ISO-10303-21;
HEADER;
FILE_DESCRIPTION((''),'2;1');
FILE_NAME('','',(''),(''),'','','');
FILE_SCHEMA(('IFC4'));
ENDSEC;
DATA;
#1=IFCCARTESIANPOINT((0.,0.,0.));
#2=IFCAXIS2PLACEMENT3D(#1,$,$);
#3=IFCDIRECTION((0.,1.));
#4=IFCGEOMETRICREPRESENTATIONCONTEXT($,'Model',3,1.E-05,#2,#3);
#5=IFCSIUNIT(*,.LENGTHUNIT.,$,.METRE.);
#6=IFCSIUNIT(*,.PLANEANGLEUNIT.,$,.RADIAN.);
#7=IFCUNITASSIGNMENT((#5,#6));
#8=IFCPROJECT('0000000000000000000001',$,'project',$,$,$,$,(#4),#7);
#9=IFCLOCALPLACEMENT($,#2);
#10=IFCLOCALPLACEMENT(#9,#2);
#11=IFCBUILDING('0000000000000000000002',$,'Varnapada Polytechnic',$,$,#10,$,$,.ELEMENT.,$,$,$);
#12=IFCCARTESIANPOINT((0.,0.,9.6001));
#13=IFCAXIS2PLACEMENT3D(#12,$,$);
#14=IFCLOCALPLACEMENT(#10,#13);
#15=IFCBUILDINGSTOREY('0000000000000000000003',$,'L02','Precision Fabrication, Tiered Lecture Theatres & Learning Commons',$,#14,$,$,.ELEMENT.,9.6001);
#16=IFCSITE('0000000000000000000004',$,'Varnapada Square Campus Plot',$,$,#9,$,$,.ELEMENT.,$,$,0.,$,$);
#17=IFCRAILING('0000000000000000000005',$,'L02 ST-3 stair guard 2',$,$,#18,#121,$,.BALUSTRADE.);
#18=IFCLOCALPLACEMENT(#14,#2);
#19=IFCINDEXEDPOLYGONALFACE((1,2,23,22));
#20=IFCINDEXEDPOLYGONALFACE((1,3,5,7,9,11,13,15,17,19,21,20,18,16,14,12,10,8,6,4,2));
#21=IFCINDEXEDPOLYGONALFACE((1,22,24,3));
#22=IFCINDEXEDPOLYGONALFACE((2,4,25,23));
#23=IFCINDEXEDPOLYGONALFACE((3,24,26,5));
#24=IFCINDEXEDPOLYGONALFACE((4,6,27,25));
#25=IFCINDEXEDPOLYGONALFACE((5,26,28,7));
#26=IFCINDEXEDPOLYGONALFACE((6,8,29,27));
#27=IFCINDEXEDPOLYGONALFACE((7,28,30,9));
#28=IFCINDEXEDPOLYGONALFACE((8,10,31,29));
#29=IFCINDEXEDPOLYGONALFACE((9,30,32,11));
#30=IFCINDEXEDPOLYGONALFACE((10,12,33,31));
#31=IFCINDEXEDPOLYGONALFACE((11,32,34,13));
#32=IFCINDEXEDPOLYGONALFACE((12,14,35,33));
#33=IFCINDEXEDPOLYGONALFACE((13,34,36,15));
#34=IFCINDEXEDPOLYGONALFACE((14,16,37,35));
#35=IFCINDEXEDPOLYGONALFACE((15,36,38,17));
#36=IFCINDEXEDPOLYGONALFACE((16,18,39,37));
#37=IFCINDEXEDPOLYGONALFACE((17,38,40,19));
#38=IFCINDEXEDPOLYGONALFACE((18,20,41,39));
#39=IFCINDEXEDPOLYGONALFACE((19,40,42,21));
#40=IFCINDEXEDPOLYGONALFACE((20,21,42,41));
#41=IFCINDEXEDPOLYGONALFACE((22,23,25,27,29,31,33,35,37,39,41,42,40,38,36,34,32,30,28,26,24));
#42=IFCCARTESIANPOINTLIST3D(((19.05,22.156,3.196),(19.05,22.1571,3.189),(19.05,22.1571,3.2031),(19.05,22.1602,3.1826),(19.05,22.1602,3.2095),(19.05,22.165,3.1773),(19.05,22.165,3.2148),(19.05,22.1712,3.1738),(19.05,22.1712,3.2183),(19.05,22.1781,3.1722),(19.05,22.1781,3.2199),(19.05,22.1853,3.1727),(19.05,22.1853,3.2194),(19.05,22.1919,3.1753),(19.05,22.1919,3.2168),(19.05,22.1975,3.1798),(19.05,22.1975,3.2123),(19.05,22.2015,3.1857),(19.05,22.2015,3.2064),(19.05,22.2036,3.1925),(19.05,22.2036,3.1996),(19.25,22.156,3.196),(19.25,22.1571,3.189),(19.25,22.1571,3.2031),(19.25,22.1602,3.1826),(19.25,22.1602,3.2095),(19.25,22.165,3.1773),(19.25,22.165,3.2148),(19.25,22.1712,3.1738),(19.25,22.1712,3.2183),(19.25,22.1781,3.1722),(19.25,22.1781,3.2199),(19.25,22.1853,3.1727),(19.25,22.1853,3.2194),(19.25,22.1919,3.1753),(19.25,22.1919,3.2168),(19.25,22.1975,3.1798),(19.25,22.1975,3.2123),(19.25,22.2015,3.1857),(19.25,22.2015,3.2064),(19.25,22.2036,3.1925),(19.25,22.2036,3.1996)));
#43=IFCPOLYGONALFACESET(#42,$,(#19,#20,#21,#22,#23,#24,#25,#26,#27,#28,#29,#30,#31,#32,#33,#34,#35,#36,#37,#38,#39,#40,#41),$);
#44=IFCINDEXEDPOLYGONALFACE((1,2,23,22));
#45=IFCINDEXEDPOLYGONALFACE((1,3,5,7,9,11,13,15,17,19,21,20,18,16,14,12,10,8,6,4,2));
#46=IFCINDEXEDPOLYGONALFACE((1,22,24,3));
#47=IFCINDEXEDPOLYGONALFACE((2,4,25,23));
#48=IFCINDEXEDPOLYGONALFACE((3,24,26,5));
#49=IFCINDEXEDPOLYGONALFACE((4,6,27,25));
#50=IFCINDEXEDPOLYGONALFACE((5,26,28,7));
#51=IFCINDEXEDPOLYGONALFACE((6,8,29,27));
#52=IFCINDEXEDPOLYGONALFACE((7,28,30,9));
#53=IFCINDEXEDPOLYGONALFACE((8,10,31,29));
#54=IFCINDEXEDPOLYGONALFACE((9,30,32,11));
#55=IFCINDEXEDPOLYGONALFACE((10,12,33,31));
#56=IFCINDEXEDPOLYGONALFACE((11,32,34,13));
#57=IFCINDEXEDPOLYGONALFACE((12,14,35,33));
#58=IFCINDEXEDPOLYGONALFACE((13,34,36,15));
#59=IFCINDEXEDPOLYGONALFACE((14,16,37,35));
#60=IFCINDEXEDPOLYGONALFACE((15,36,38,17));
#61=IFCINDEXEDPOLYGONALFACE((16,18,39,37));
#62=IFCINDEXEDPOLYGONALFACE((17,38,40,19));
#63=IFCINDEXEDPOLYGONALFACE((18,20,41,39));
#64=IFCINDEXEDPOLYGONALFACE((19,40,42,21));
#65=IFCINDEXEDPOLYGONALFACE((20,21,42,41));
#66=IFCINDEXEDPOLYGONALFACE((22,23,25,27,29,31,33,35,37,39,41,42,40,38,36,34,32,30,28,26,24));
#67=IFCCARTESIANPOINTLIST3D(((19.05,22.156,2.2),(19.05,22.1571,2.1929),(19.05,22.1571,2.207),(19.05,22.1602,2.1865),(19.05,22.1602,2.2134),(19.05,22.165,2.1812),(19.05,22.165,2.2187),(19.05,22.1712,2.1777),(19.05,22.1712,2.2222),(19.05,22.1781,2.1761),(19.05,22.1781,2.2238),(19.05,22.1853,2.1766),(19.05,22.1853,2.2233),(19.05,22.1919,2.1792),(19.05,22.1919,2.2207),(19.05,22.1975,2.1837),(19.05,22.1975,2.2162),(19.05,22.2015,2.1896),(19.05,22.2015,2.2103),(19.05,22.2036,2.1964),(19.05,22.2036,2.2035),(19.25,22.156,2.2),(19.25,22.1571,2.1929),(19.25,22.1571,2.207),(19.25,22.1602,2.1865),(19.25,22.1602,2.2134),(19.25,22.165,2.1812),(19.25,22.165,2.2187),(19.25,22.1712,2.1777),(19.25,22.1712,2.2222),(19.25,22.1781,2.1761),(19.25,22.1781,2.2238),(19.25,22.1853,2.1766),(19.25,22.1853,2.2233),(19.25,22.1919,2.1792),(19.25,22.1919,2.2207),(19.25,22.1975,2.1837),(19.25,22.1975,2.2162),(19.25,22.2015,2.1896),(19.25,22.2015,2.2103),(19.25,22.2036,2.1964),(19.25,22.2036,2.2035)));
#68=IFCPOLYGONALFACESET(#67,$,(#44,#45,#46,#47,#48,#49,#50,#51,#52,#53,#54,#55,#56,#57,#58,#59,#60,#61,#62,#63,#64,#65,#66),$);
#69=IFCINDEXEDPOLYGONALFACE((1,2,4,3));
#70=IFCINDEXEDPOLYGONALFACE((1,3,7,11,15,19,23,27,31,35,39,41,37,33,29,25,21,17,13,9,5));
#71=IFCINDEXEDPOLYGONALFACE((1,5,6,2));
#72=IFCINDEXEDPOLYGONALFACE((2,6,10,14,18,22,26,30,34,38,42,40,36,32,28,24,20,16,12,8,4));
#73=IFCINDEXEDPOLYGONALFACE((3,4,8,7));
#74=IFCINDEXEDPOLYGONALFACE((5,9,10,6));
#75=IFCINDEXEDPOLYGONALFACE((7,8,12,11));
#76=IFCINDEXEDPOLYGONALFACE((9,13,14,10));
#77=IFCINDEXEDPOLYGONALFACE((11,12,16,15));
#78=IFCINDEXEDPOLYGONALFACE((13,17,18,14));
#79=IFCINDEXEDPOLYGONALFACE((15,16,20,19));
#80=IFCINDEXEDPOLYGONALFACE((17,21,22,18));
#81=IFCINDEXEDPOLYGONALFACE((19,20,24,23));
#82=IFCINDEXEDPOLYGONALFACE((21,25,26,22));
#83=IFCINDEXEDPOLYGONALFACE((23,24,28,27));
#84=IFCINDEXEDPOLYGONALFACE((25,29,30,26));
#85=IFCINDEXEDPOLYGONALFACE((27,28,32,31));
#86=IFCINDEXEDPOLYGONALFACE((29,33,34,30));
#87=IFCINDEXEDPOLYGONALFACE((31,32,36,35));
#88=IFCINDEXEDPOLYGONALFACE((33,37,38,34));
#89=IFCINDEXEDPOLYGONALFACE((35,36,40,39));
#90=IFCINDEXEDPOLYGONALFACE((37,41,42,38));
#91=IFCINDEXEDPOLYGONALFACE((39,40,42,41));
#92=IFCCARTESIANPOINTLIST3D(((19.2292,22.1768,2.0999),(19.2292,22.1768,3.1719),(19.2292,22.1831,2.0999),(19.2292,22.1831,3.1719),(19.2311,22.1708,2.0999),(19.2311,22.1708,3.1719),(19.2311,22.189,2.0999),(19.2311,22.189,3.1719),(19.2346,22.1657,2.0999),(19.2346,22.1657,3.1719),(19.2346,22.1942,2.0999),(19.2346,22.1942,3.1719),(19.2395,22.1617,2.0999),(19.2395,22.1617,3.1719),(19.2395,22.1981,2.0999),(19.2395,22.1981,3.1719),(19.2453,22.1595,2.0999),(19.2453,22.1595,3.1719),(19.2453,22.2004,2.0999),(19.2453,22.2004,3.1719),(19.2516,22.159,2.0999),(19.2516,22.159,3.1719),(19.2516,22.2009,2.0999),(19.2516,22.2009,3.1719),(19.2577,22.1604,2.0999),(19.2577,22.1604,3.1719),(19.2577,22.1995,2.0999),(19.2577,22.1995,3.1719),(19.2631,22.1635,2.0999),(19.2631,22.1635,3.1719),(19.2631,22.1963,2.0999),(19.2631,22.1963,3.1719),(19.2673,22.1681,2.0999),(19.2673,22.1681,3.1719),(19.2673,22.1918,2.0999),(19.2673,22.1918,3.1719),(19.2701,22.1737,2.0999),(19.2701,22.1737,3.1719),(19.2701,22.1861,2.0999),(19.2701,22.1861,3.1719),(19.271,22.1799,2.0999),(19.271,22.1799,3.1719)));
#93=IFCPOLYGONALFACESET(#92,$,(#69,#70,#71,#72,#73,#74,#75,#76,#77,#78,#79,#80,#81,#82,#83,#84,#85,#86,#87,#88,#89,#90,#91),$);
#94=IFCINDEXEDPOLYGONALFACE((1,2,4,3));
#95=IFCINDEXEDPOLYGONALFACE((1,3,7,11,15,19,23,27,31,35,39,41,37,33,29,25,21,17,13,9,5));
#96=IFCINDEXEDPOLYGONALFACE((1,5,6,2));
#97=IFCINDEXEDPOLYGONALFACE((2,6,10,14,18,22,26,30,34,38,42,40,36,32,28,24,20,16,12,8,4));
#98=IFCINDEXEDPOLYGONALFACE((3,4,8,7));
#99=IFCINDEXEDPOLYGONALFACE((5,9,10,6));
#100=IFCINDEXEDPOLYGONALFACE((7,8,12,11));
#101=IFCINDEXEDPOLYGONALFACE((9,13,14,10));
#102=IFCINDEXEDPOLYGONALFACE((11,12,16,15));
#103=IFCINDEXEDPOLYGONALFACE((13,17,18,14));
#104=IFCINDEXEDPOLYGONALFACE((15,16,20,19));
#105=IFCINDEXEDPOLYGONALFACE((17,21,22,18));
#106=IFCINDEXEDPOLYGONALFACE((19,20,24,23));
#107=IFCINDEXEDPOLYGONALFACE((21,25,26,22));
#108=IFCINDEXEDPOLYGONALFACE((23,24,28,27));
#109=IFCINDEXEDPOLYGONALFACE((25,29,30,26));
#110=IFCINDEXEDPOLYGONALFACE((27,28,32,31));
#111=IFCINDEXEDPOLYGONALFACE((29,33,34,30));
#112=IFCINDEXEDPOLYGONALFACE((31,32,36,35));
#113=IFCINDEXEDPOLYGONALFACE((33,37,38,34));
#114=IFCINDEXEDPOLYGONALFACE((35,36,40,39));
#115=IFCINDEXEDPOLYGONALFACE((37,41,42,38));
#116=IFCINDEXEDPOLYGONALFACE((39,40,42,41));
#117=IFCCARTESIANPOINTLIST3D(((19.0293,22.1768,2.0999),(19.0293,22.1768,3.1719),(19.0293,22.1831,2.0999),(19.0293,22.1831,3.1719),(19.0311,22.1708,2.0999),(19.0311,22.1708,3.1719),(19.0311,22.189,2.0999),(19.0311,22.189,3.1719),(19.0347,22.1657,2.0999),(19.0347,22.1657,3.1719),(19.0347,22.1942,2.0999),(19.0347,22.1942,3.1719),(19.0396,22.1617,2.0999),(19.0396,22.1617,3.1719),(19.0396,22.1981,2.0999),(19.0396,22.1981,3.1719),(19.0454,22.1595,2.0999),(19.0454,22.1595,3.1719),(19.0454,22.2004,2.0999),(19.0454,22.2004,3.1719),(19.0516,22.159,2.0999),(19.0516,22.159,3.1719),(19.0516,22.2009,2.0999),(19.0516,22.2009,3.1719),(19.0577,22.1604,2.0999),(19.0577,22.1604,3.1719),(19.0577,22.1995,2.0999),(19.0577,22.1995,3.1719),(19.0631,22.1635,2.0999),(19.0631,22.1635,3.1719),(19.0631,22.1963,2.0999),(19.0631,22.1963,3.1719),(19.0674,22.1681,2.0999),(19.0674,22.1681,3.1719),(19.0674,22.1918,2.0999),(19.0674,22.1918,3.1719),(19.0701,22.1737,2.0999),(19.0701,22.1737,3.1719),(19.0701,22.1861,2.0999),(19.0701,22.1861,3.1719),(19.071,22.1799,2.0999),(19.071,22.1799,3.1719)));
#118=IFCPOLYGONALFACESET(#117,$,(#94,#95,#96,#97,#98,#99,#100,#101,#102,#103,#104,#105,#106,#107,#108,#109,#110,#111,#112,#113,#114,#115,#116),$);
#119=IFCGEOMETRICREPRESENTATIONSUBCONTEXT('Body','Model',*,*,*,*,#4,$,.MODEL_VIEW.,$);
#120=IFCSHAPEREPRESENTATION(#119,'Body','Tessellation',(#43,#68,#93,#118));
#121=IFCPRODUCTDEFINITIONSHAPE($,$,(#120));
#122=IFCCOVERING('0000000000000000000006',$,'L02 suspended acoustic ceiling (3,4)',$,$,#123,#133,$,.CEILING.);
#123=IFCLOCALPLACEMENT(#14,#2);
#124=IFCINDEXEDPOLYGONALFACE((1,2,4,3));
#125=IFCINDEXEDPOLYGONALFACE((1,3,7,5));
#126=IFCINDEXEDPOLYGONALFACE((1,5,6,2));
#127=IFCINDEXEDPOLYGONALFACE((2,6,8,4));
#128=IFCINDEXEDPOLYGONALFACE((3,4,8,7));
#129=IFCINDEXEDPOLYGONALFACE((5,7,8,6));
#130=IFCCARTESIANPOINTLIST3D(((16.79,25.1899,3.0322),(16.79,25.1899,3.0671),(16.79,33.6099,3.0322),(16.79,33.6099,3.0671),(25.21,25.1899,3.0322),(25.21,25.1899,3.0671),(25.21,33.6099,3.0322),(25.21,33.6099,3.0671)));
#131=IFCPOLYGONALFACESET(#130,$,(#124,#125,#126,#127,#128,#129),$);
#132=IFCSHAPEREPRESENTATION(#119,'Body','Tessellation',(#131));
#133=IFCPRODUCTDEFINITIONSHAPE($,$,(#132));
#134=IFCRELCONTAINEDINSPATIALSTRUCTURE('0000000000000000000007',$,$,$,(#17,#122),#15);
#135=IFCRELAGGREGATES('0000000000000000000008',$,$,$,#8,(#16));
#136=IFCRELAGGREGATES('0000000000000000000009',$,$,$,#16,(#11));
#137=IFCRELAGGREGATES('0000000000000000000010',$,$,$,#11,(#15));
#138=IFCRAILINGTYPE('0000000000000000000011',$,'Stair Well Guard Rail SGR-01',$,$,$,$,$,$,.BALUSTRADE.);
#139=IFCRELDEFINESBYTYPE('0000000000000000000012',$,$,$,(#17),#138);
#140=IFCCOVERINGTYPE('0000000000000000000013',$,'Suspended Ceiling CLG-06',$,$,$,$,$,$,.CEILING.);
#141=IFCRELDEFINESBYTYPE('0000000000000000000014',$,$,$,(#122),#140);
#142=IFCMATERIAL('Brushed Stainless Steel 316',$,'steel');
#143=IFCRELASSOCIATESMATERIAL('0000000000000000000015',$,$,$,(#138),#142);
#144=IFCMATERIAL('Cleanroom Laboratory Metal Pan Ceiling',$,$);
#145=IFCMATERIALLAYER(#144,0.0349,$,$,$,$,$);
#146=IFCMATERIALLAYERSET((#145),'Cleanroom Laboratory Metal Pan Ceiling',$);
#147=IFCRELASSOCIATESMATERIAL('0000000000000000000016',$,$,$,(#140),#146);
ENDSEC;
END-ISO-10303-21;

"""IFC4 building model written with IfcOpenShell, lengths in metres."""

from ifc_helpers import new_model, si_unit, direction, frame, origin, origin_2d, place, context, subcontext, project, spatial, rectangle, circle, extrude, material, layer, layer_set, type_object, element, save


model = new_model("IFC4")

# Units and contexts
model_context = context("Model", 3, precision=1e-05, world=origin(), true_north=direction((0.0, 1.0)))
body_context = subcontext(model_context, "Body", "Model", "MODEL_VIEW")
ifc_project = project(units=[si_unit("LENGTHUNIT", "METRE"), si_unit("PLANEANGLEUNIT", "RADIAN")], contexts=[model_context])

# Site, building, storey
site_placement = place(None, origin())
site = spatial("IfcSite", under=ifc_project, at=site_placement, Name="Varnapada Square Campus Plot", CompositionType="ELEMENT", RefElevation=0.0)
building_placement = place(site_placement, origin())
building = spatial("IfcBuilding", under=site, at=building_placement, Name="Varnapada Polytechnic", CompositionType="ELEMENT")
storey_placement = place(building_placement, frame((0.0, 0.0, 9.6001)))
storey = spatial("IfcBuildingStorey", under=building, at=storey_placement, Name="L02", Description="Precision Fabrication, Tiered Lecture Theatres & Learning Commons", CompositionType="ELEMENT", Elevation=9.6001)

# Shared definitions
ifc_material_1 = material(Name="Brushed Stainless Steel 316", Category="steel")

# Railing
railing_type_1 = type_object("IfcRailingType", Name="Stair Well Guard Rail SGR-01", PredefinedType="BALUSTRADE", material=ifc_material_1)
railing_1_placement = place(storey_placement, frame((19.25, 22.1799, 2.0999)))
element("IfcRailing", 1, at=railing_1_placement, inside=storey, type_object=railing_type_1, Name="L02 ST-3 stair guard 2", PredefinedType="BALUSTRADE", context=body_context, shape_type="SweptSolid", body=[
    extrude(circle(Radius=0.0239, at=origin_2d()), frame((0.0, 0.0, 1.0962), z_axis=(-1.0, 0.0, 0.0), x_axis=(0.0, -1.0, 0.0)), (0.0, 0.0, 1.0), 0.2),
    extrude(circle(Radius=0.0239, at=origin_2d()), frame((0.0, 0.0, 0.1001), z_axis=(-1.0, 0.0, 0.0), x_axis=(0.0, -1.0, 0.0)), (0.0, 0.0, 1.0), 0.2),
    extrude(circle(Radius=0.021, at=origin_2d()), origin(), (0.0, 0.0, 1.0), 1.072),
    extrude(circle(Radius=0.021, at=origin_2d()), frame((-0.2, 0.0, 0.0)), (0.0, 0.0, 1.0), 1.072),
])

# Covering
ifc_material_2 = material(Name="Cleanroom Laboratory Metal Pan Ceiling")
ifc_layer_1 = layer(ifc_material_2, 0.0349)
ifc_layer_set_1 = layer_set([ifc_layer_1], Name="Cleanroom Laboratory Metal Pan Ceiling")
covering_type = type_object("IfcCoveringType", Name="Suspended Ceiling CLG-06", PredefinedType="CEILING", material=ifc_layer_set_1)
covering_placement = place(storey_placement, frame((21.0, 29.3999, 3.0322), z_axis=(0.0, 0.0, 1.0), x_axis=(1.0, 0.0, 0.0)))
element("IfcCovering", 2, at=covering_placement, inside=storey, type_object=covering_type, Name="L02 suspended acoustic ceiling (3,4)", PredefinedType="CEILING", context=body_context, shape_type="SweptSolid", body=[
    extrude(rectangle(XDim=8.4199, YDim=8.4199, at=origin_2d()), origin(), (0.0, 0.0, 1.0), 0.0349),
])

save(model, "model.ifc")
